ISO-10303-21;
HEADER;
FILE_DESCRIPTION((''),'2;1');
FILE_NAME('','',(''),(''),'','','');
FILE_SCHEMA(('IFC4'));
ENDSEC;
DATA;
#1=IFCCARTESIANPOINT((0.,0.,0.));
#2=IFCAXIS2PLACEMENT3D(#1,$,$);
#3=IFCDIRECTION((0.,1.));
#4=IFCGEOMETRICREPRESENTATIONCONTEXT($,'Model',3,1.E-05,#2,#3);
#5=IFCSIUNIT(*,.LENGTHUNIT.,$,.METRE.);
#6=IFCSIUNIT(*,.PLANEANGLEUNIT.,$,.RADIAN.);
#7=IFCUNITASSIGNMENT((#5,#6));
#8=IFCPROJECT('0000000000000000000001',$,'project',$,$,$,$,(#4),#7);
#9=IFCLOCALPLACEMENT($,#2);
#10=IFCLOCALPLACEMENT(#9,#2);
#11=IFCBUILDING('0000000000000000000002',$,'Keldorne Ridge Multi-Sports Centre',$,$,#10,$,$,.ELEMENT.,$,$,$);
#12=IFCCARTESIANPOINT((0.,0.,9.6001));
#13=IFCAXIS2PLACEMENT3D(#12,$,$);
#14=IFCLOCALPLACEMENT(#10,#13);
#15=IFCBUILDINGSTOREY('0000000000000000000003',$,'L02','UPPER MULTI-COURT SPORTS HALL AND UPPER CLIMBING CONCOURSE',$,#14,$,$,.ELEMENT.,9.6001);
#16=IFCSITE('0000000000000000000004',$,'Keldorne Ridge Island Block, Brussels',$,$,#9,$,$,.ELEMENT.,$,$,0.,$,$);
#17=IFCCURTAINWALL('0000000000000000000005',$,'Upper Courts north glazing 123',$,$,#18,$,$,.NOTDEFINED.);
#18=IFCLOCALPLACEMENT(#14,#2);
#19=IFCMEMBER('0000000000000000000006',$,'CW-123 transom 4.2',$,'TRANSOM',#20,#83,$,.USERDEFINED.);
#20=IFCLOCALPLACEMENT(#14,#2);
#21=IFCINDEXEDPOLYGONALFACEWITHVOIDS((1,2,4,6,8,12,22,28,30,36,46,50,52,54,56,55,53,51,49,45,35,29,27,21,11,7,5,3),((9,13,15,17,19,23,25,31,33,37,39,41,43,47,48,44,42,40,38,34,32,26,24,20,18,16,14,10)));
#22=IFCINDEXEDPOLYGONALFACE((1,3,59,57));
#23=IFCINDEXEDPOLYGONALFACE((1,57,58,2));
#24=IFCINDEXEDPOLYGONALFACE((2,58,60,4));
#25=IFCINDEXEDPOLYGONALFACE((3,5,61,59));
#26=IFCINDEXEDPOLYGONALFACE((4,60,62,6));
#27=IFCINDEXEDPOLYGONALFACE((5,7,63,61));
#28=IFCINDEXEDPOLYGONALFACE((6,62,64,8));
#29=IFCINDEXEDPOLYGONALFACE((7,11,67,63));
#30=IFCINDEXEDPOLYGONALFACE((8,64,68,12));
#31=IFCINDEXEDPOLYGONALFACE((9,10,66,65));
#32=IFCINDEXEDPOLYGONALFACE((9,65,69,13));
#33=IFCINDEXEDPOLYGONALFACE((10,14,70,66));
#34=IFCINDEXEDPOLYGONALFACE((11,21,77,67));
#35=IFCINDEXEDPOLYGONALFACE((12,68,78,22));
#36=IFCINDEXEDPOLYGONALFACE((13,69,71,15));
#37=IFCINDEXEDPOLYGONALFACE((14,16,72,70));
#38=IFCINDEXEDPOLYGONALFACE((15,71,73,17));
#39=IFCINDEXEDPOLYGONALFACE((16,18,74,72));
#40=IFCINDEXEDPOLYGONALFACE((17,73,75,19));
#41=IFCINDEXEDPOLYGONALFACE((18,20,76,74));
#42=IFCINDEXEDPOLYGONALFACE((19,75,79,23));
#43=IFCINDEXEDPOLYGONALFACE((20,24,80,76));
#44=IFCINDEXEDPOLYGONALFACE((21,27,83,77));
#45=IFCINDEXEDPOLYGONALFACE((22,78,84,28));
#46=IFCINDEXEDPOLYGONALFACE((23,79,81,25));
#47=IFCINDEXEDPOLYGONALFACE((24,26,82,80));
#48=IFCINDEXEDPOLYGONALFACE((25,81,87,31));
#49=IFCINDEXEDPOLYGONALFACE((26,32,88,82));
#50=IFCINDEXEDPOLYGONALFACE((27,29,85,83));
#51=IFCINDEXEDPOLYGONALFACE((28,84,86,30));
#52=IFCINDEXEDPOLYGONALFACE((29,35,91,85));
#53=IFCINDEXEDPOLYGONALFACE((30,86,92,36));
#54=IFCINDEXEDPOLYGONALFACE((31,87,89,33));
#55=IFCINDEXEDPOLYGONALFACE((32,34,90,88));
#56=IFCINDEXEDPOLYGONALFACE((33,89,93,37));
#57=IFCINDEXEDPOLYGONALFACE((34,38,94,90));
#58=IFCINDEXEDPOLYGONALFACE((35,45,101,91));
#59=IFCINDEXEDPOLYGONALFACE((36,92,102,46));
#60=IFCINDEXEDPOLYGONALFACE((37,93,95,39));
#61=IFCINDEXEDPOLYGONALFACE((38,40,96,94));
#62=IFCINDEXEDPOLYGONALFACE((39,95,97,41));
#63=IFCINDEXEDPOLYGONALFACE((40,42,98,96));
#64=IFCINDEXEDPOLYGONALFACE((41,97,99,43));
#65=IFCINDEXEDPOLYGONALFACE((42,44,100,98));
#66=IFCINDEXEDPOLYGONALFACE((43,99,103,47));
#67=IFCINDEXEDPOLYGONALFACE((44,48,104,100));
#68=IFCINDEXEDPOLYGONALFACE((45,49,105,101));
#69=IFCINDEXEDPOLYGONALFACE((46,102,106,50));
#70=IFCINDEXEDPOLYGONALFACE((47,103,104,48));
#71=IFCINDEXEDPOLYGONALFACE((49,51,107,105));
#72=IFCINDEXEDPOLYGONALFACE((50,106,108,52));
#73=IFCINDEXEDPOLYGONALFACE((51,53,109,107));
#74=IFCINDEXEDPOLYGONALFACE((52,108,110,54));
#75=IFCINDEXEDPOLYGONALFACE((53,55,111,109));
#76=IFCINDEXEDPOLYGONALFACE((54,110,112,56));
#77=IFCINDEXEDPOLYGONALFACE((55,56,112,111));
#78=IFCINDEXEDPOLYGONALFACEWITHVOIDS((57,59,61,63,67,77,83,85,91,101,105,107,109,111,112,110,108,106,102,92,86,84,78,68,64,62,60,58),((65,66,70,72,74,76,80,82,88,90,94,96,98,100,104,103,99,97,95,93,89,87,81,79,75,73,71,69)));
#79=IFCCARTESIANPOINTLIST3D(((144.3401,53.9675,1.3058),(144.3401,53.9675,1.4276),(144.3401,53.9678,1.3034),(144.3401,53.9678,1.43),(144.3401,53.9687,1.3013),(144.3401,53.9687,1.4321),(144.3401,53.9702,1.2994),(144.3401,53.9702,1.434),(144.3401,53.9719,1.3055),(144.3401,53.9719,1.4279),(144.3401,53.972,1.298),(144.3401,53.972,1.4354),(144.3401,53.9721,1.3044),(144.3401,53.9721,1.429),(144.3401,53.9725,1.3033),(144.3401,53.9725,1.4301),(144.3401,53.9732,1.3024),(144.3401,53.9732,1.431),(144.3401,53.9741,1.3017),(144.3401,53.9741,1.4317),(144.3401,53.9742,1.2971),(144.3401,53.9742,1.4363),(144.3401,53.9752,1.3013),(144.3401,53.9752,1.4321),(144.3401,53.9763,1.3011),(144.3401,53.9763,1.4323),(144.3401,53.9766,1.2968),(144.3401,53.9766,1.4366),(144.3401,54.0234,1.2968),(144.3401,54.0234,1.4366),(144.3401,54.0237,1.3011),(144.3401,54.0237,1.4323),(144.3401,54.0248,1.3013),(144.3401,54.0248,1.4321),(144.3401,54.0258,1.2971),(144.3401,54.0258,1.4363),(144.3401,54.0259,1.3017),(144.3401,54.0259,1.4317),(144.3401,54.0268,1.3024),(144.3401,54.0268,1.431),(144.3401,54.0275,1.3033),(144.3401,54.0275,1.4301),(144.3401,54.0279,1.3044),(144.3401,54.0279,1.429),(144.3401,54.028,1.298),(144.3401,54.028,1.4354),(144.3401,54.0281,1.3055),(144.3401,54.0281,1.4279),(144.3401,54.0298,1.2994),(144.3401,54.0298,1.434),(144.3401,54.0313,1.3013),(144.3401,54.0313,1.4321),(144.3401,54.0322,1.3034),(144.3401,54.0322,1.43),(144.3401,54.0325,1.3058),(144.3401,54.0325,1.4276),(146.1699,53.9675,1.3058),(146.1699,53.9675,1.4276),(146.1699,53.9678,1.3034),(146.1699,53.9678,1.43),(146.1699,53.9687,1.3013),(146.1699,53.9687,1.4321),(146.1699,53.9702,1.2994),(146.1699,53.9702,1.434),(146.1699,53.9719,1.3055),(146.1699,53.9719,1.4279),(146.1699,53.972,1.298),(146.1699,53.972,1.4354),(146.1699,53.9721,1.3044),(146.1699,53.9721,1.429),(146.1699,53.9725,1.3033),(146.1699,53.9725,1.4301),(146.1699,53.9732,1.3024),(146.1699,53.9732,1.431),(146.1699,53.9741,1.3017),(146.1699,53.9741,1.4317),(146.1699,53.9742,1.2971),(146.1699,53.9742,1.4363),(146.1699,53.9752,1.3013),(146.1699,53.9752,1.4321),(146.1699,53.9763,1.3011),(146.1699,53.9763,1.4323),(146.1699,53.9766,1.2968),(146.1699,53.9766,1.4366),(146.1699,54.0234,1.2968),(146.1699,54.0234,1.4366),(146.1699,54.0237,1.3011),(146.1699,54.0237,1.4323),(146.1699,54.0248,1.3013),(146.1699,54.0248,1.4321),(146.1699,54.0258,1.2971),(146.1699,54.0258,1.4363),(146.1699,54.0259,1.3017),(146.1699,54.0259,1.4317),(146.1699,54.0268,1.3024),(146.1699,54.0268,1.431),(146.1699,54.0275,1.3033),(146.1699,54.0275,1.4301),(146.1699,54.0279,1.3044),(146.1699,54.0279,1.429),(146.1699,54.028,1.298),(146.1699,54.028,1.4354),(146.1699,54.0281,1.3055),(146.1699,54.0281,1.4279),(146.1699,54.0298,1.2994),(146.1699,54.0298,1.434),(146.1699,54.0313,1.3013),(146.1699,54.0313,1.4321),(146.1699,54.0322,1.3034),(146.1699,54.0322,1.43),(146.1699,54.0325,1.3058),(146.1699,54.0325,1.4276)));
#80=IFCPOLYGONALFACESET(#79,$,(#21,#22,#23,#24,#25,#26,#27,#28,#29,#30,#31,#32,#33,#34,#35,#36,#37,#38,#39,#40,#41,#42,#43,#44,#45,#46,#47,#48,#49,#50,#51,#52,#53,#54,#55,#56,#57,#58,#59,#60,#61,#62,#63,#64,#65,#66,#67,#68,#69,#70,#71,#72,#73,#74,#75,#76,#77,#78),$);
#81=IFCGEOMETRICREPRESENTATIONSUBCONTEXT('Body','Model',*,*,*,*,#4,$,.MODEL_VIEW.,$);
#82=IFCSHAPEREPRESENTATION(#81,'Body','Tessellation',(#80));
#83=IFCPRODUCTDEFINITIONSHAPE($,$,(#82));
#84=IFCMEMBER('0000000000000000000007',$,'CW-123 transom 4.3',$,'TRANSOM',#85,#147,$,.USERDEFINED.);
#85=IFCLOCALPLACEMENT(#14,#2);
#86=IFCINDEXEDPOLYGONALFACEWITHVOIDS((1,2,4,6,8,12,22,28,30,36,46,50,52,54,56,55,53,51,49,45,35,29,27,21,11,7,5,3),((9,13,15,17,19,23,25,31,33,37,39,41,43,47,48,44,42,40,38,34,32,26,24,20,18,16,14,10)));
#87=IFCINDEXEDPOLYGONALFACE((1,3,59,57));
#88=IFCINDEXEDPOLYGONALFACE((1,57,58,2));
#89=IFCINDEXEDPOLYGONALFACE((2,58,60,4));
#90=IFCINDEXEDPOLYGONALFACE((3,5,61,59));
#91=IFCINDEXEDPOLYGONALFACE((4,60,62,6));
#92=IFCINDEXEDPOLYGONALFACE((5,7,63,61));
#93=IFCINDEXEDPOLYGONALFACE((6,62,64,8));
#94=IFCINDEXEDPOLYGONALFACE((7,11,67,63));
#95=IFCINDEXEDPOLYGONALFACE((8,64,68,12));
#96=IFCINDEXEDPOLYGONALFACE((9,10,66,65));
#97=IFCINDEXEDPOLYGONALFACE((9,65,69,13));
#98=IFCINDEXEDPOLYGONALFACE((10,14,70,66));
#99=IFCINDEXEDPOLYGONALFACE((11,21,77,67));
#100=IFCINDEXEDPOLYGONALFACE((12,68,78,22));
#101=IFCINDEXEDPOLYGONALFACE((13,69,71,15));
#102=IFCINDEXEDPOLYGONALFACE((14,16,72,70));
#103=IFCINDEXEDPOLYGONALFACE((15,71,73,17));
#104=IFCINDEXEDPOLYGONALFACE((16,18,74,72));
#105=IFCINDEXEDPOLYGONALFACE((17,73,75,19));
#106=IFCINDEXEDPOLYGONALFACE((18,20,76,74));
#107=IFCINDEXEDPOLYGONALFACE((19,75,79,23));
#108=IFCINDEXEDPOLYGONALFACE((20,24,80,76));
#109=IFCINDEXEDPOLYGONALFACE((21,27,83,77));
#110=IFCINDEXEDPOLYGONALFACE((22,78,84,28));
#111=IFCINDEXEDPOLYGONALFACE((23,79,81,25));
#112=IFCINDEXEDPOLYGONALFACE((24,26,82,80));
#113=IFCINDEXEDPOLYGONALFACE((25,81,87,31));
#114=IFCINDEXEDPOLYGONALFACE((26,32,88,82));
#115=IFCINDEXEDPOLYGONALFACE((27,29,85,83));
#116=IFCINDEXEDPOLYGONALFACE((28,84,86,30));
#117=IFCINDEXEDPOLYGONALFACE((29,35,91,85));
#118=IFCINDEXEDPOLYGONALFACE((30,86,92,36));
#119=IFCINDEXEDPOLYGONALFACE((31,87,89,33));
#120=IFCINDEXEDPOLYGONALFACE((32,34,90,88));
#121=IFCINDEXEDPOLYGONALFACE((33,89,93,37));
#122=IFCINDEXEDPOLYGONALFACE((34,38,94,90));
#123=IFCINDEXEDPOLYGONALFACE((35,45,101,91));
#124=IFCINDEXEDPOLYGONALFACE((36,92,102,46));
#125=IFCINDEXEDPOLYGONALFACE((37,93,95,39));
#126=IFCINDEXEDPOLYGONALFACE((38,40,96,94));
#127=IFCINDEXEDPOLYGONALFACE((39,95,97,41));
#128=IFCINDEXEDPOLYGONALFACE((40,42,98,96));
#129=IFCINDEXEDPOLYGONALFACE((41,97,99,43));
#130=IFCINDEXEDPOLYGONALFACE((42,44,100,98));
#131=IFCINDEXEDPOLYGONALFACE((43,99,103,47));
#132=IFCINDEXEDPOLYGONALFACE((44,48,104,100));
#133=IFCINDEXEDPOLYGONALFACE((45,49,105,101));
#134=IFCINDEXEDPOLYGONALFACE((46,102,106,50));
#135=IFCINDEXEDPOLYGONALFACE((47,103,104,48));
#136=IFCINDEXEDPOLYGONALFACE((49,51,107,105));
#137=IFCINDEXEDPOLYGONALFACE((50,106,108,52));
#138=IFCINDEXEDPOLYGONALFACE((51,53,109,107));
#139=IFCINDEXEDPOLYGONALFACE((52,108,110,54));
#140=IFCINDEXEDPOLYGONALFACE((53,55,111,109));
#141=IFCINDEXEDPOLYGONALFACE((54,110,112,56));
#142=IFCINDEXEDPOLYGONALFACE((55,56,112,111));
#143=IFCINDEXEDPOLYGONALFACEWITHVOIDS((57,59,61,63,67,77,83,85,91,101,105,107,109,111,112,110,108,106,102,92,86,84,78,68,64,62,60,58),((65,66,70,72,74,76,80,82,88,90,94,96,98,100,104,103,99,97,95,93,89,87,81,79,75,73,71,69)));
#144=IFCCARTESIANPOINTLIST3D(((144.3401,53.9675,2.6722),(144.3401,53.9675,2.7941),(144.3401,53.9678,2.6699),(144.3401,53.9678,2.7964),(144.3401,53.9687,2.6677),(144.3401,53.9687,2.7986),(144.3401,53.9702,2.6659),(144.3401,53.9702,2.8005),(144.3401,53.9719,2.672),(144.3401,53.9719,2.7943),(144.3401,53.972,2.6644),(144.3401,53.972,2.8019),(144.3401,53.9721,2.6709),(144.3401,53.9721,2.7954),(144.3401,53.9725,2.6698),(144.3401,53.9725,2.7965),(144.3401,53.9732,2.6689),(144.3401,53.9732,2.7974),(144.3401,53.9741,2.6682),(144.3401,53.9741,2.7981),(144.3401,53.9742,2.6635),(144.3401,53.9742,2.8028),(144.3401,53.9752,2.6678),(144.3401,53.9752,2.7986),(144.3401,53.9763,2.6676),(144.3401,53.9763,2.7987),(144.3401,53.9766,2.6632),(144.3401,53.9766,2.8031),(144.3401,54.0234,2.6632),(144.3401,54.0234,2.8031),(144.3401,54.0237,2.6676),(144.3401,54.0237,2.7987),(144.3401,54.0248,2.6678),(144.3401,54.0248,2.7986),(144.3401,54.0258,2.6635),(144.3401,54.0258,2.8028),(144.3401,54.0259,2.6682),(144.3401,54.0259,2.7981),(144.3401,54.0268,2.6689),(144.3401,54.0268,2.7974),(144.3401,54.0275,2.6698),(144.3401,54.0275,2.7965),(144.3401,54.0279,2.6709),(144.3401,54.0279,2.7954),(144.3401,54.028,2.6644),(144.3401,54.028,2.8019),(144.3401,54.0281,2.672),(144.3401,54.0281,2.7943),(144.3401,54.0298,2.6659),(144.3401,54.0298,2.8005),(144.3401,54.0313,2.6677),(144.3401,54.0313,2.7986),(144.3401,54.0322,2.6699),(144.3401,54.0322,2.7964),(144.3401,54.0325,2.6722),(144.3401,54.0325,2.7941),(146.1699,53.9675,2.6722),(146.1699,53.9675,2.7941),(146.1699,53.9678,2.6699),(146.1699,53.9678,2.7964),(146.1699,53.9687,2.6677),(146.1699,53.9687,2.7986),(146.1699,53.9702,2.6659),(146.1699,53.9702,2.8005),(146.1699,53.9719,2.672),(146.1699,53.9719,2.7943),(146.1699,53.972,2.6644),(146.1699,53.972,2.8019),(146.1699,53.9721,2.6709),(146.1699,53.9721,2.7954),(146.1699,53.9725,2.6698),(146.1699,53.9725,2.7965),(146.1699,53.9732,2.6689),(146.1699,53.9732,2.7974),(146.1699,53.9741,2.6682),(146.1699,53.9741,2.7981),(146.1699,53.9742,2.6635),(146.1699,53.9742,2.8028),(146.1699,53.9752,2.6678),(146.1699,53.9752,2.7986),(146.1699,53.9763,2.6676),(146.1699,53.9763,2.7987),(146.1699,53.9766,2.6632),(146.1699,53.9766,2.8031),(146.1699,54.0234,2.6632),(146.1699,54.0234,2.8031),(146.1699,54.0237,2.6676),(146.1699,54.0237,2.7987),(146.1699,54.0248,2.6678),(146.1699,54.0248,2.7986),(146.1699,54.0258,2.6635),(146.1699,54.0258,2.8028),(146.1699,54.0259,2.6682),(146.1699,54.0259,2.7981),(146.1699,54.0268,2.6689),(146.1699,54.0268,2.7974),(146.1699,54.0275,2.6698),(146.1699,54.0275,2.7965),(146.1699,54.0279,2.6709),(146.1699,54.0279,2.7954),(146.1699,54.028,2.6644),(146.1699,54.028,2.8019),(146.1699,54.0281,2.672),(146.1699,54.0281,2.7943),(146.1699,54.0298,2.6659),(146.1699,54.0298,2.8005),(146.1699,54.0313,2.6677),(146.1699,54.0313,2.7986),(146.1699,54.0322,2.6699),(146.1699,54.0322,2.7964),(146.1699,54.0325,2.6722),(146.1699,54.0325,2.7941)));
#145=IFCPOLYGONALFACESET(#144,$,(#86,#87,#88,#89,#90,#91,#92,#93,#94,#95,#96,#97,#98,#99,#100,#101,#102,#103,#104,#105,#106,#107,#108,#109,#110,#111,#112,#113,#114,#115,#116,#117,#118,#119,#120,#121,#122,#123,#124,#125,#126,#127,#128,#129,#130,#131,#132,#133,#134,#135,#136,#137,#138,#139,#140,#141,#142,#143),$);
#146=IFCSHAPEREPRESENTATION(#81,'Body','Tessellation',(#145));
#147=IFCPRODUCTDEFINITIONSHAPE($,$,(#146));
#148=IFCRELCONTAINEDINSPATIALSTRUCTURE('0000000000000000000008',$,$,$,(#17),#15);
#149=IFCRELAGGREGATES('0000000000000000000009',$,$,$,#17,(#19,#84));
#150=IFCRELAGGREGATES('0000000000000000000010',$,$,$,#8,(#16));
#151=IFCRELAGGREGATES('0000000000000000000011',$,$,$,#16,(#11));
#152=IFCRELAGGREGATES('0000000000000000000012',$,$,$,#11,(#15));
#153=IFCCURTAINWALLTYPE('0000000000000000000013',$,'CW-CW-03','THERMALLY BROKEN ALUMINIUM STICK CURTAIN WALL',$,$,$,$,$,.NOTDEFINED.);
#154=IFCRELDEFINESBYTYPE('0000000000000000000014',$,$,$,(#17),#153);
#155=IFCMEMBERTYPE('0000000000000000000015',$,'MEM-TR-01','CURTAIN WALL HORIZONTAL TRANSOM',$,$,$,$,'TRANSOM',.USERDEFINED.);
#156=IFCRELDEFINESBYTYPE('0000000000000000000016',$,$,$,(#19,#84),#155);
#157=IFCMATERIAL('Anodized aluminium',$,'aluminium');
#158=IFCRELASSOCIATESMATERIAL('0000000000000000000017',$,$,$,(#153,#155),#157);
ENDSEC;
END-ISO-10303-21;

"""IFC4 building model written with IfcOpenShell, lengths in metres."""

from ifc_helpers import new_model, si_unit, direction, frame, origin, origin_2d, place, context, subcontext, project, spatial, hollow_rectangle, extrude, material, material_profile, profile_set, type_object, element, aggregate, save


model = new_model("IFC4")

# Units and contexts
model_context = context("Model", 3, precision=1e-05, world=origin(), true_north=direction((0.0, 1.0)))
body_context = subcontext(model_context, "Body", "Model", "MODEL_VIEW")
ifc_project = project(units=[si_unit("LENGTHUNIT", "METRE"), si_unit("PLANEANGLEUNIT", "RADIAN")], contexts=[model_context])

# Site, building, storey
site_placement = place(None, origin())
site = spatial("IfcSite", under=ifc_project, at=site_placement, Name="Keldorne Ridge Island Block, Brussels", CompositionType="ELEMENT", RefElevation=0.0)
building_placement = place(site_placement, origin())
building = spatial("IfcBuilding", under=site, at=building_placement, Name="Keldorne Ridge Multi-Sports Centre", CompositionType="ELEMENT")
storey_placement = place(building_placement, frame((0.0, 0.0, 9.6001)))
storey = spatial("IfcBuildingStorey", under=building, at=storey_placement, Name="L02", Description="UPPER MULTI-COURT SPORTS HALL AND UPPER CLIMBING CONCOURSE", CompositionType="ELEMENT", Elevation=9.6001)

# Curtain wall, members
ifc_material_1 = material(Name="Anodized aluminium", Category="aluminium")
curtain_wall_type = type_object("IfcCurtainWallType", Name="CW-CW-03", Description="THERMALLY BROKEN ALUMINIUM STICK CURTAIN WALL", PredefinedType="NOTDEFINED", material=ifc_material_1)
curtain_wall_placement = place(storey_placement, origin())
curtain_wall = element("IfcCurtainWall", 1, at=curtain_wall_placement, inside=storey, type_object=curtain_wall_type, Name="Upper Courts north glazing 123", PredefinedType="NOTDEFINED")
ifc_material_profile_1 = material_profile(ifc_material_1, hollow_rectangle(XDim=0.0649, YDim=0.1399, WallThickness=0.0044, InnerFilletRadius=0.0044, OuterFilletRadius=0.009, at=origin_2d()), Name="ALU TRANSOM 140x65x4.5")
ifc_profile_set_1 = profile_set([ifc_material_profile_1], Name="Anodized aluminium")
member_type_1 = type_object("IfcMemberType", Name="MEM-TR-01", Description="CURTAIN WALL HORIZONTAL TRANSOM", ElementType="TRANSOM", PredefinedType="USERDEFINED", material=ifc_profile_set_1)
member_1_placement = place(storey_placement, frame((146.1699, 54.0, 1.3667), z_axis=(-1.0, 0.0, 0.0), x_axis=(0.0, -1.0, 0.0)))
member_1 = element("IfcMember", 2, at=member_1_placement, type_object=member_type_1, Name="CW-123 transom 4.2", ObjectType="TRANSOM", PredefinedType="USERDEFINED", context=body_context, shape_type="SweptSolid", body=[
    extrude(hollow_rectangle(XDim=0.0649, YDim=0.1399, WallThickness=0.0044, InnerFilletRadius=0.0044, OuterFilletRadius=0.009, at=origin_2d()), origin(), (0.0, 0.0, 1.0), 1.8298),
])
member_2_placement = place(storey_placement, frame((146.1699, 54.0, 2.7332), z_axis=(-1.0, 0.0, 0.0), x_axis=(0.0, -1.0, 0.0)))
member_2 = element("IfcMember", 3, at=member_2_placement, type_object=member_type_1, Name="CW-123 transom 4.3", ObjectType="TRANSOM", PredefinedType="USERDEFINED", context=body_context, shape_type="SweptSolid", body=[
    extrude(hollow_rectangle(XDim=0.0649, YDim=0.1399, WallThickness=0.0044, InnerFilletRadius=0.0044, OuterFilletRadius=0.009, at=origin_2d()), origin(), (0.0, 0.0, 1.0), 1.8298),
])
aggregate(curtain_wall, [member_1, member_2])

save(model, "model.ifc")
